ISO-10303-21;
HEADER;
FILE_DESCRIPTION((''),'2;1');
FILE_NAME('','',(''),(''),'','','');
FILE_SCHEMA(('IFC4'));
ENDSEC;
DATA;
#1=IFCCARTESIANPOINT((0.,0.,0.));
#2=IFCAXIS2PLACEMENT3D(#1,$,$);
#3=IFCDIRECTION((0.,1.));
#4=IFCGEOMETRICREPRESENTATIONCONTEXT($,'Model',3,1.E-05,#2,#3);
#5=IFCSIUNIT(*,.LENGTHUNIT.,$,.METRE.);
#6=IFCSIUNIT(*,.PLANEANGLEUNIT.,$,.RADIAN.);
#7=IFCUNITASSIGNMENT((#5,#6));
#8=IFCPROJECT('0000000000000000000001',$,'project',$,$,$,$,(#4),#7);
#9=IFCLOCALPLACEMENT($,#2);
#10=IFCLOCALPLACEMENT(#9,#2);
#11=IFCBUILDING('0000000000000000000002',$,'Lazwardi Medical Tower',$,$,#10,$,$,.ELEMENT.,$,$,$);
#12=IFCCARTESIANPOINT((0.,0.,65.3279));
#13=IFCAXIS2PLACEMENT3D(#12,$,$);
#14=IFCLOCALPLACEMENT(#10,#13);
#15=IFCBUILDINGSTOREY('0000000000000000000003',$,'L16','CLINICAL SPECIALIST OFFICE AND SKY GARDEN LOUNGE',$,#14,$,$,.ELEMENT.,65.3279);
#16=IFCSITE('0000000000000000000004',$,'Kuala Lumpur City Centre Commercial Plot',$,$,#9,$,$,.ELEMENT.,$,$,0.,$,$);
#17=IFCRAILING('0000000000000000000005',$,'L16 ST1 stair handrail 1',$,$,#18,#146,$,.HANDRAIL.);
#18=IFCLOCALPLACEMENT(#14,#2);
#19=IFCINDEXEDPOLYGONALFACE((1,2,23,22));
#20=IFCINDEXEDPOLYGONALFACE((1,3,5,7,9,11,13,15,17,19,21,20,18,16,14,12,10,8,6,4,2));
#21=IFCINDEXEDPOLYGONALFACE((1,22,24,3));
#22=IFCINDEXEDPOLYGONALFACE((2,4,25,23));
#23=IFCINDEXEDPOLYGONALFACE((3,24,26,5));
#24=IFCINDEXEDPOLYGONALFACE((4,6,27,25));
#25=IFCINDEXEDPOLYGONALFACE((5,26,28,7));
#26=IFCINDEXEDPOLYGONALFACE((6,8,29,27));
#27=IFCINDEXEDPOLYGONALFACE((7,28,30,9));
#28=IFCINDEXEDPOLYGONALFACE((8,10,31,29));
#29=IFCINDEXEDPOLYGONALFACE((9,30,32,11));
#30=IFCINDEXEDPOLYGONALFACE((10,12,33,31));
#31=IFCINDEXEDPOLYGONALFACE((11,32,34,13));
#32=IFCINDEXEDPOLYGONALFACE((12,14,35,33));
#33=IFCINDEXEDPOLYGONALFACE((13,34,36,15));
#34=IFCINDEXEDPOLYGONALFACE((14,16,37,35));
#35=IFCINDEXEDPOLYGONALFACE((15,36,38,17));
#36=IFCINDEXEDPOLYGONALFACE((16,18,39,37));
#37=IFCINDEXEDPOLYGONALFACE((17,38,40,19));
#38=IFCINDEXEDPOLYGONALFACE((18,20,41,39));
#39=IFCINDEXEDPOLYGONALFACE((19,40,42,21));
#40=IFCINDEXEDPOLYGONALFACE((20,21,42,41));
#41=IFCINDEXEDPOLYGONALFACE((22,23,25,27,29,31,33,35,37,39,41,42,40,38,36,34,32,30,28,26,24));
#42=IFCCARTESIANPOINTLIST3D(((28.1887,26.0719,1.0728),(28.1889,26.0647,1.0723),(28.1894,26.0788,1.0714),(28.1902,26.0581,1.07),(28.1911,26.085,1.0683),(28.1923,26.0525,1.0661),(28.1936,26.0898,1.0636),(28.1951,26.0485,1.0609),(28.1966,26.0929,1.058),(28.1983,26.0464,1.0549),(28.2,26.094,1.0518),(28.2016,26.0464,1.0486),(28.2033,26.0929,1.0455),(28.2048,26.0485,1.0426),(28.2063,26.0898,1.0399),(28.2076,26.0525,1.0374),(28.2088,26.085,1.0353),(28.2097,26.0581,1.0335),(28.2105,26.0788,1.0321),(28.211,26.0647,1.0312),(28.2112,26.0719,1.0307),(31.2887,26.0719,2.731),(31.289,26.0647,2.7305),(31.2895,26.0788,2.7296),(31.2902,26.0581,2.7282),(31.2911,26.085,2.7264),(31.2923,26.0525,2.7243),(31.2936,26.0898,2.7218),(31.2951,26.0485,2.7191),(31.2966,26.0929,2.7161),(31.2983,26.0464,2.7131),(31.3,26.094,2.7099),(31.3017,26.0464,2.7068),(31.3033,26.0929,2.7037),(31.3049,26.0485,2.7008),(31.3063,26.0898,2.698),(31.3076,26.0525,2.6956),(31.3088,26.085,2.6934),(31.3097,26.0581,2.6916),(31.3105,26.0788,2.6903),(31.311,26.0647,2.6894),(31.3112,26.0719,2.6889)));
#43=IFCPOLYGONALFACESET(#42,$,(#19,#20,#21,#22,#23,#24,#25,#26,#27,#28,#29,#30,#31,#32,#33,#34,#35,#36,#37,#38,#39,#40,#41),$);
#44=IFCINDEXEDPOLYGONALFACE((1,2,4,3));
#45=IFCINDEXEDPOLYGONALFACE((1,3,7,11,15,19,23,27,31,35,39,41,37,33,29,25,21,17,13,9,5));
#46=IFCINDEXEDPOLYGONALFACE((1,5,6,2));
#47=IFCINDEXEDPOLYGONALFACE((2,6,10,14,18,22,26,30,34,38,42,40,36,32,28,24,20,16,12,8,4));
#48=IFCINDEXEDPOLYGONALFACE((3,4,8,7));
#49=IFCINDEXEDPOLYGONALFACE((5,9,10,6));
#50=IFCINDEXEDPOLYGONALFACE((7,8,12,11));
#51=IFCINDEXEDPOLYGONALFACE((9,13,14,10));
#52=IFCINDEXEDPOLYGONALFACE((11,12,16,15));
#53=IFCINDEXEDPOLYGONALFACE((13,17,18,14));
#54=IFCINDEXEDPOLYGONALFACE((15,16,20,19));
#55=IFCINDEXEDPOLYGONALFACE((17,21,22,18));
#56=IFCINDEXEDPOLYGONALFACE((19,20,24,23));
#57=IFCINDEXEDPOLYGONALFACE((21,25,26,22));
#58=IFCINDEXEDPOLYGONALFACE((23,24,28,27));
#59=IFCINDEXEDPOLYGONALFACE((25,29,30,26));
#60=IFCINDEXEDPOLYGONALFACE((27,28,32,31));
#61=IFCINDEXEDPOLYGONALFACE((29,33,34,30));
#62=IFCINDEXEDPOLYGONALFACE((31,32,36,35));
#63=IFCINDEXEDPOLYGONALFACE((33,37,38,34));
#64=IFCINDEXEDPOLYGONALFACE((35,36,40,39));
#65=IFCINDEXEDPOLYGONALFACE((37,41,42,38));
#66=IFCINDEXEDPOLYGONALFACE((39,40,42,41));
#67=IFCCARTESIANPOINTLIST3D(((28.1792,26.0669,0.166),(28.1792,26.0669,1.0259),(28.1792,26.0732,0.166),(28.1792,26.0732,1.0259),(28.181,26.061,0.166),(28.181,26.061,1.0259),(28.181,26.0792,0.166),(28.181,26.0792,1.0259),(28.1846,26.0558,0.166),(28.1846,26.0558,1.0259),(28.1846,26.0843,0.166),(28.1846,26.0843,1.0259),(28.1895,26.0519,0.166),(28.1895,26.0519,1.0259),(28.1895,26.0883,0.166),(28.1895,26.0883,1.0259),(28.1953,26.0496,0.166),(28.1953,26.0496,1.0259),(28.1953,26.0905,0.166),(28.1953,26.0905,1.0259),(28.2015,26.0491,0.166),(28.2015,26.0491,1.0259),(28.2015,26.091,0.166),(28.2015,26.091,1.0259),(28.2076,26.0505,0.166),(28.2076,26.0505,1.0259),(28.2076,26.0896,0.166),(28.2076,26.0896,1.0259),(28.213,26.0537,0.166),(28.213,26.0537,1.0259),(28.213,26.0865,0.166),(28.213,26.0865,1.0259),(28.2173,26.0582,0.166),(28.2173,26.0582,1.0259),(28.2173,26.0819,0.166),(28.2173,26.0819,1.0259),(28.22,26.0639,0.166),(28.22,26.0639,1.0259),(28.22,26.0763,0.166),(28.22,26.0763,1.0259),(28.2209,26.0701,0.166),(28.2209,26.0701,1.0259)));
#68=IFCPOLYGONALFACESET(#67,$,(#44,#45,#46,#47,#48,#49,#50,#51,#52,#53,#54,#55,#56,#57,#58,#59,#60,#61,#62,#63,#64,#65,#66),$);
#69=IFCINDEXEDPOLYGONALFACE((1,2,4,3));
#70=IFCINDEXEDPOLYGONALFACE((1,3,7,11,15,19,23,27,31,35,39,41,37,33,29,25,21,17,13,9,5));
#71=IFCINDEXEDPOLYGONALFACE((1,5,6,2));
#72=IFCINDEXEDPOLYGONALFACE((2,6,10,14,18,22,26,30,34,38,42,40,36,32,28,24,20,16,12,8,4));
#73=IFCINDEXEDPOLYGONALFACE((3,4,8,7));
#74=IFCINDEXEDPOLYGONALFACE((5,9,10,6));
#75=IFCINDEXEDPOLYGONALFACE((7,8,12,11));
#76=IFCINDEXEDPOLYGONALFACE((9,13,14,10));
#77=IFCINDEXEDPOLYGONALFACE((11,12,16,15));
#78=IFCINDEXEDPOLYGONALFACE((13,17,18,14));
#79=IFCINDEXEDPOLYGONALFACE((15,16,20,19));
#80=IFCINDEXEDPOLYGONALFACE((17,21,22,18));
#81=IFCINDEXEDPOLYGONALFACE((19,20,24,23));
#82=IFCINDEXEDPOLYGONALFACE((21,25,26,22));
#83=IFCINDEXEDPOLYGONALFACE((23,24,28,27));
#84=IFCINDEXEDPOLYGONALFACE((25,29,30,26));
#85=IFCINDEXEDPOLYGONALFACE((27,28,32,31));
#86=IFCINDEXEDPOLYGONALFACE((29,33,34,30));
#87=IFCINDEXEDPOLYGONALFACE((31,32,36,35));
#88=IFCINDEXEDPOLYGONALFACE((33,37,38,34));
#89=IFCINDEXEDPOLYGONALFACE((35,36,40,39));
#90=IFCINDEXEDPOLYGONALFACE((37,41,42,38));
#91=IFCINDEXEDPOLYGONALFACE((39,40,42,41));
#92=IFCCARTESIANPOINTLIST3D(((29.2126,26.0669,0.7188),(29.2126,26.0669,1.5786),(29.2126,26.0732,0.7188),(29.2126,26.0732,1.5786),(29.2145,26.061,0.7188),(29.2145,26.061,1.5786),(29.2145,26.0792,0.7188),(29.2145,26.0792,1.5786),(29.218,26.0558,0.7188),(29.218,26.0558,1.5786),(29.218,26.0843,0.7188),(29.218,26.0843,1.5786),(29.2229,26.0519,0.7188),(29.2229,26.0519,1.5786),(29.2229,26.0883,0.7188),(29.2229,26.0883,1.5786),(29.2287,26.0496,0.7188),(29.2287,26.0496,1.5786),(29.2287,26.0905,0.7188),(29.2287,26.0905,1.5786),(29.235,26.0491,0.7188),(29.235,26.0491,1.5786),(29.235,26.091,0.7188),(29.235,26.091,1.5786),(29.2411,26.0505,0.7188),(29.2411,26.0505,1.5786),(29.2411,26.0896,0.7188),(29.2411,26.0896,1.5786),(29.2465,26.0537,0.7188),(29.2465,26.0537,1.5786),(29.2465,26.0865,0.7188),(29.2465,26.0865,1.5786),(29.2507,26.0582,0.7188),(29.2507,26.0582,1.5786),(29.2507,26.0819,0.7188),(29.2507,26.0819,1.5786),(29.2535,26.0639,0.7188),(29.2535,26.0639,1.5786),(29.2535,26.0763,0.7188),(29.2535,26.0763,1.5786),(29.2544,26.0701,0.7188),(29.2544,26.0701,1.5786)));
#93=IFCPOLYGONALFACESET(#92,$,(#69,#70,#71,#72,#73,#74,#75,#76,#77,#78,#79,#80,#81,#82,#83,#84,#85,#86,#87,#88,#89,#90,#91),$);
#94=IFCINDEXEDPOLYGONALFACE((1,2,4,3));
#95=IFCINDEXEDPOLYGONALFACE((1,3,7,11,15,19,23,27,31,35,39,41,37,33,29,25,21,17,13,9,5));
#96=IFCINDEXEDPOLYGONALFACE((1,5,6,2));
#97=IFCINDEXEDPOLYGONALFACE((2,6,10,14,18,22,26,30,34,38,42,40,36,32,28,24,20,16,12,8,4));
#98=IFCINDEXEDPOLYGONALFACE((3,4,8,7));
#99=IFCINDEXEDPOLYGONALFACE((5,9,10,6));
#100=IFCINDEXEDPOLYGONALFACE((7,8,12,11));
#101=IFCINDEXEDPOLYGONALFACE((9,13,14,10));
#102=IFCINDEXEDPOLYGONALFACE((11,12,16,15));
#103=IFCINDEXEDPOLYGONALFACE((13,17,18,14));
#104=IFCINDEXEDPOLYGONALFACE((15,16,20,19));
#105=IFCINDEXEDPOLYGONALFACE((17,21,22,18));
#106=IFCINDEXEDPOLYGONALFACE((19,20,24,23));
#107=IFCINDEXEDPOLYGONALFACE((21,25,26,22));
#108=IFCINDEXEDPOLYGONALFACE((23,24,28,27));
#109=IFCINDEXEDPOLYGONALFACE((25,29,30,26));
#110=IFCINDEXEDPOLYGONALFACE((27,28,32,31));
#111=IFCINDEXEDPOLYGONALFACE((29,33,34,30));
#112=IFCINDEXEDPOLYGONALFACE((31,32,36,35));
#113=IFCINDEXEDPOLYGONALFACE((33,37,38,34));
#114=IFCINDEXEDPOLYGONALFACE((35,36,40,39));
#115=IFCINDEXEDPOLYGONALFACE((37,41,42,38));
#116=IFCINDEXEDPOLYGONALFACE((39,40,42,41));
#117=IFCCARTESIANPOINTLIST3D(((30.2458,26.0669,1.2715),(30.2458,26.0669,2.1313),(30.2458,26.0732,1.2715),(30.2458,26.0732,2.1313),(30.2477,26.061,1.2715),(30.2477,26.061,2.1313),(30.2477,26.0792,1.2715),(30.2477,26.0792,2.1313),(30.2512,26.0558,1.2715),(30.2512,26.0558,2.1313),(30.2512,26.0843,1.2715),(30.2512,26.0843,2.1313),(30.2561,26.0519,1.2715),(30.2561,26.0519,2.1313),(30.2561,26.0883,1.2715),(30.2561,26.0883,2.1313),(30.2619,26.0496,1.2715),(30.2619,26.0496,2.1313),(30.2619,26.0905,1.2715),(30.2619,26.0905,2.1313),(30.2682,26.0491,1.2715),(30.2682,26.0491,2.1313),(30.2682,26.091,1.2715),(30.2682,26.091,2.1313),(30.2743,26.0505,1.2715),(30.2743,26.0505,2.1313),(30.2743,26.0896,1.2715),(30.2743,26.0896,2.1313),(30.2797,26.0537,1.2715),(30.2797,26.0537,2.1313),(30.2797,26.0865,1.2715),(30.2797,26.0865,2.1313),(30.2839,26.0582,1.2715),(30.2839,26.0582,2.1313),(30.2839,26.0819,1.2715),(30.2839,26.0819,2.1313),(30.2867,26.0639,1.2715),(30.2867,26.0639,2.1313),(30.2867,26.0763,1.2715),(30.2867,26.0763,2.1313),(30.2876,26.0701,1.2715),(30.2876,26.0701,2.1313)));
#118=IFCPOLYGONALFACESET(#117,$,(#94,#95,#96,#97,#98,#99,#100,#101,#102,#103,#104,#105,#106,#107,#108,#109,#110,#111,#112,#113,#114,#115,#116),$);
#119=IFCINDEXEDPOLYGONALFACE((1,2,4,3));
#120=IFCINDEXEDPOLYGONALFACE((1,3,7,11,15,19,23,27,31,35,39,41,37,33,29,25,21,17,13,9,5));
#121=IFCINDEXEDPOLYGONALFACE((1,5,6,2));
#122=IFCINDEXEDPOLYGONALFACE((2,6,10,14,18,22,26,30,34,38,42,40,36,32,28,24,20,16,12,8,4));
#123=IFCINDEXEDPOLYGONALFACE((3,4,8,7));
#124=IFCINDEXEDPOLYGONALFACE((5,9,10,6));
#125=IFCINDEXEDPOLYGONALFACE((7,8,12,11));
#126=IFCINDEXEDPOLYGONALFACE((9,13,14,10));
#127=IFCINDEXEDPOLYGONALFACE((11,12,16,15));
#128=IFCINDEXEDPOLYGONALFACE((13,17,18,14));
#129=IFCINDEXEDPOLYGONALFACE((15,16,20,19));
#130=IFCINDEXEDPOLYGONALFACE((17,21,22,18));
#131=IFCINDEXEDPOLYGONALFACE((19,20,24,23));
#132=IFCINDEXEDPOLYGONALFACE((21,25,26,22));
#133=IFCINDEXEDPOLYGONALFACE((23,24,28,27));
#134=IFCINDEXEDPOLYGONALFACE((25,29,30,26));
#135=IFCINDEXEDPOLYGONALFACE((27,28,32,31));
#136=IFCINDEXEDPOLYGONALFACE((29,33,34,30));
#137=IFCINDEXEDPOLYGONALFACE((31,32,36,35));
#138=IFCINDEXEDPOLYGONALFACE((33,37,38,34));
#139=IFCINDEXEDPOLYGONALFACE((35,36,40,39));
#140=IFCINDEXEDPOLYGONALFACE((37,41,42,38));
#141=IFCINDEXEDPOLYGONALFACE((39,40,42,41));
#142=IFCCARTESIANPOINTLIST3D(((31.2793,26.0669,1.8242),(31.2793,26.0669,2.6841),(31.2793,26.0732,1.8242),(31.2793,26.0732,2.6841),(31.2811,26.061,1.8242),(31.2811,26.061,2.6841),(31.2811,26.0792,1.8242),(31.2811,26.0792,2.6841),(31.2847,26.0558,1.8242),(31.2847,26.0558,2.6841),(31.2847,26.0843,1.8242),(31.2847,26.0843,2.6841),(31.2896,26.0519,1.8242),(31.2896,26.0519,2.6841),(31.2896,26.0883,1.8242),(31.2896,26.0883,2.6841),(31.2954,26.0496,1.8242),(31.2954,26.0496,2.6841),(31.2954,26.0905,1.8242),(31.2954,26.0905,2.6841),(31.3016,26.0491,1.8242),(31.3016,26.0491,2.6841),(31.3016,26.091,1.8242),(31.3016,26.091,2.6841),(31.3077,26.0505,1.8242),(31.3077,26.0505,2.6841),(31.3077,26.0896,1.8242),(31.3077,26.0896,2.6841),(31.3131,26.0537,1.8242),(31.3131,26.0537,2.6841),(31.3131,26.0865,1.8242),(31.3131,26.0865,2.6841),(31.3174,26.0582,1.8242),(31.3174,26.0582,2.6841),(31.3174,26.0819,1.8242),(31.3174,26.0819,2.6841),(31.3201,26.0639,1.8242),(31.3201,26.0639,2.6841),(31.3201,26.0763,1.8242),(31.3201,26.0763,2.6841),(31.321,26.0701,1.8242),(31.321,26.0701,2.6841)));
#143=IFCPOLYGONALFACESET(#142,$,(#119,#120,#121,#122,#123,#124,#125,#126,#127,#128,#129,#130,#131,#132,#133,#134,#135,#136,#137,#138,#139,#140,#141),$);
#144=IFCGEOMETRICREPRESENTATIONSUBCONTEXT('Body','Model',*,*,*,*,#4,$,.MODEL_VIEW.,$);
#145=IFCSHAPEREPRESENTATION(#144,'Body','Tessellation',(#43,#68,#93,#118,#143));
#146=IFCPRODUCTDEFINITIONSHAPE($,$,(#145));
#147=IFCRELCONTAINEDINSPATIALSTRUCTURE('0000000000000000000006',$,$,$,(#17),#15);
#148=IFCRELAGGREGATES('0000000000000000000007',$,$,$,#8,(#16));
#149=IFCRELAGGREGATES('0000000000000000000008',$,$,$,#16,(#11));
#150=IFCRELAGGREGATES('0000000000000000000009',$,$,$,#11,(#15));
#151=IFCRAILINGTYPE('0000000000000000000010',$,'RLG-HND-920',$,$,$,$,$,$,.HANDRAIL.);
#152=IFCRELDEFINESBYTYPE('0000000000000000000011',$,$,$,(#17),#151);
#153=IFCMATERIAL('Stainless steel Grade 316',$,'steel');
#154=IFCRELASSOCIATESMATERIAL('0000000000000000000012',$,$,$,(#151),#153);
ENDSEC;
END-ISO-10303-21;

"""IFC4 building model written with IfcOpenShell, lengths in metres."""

from ifc_helpers import new_model, si_unit, direction, frame, origin, origin_2d, place, context, subcontext, project, spatial, circle, extrude, material, type_object, element, save


model = new_model("IFC4")

# Units and contexts
model_context = context("Model", 3, precision=1e-05, world=origin(), true_north=direction((0.0, 1.0)))
body_context = subcontext(model_context, "Body", "Model", "MODEL_VIEW")
ifc_project = project(units=[si_unit("LENGTHUNIT", "METRE"), si_unit("PLANEANGLEUNIT", "RADIAN")], contexts=[model_context])

# Site, building, storey
site_placement = place(None, origin())
site = spatial("IfcSite", under=ifc_project, at=site_placement, Name="Kuala Lumpur City Centre Commercial Plot", CompositionType="ELEMENT", RefElevation=0.0)
building_placement = place(site_placement, origin())
building = spatial("IfcBuilding", under=site, at=building_placement, Name="Lazwardi Medical Tower", CompositionType="ELEMENT")
storey_placement = place(building_placement, frame((0.0, 0.0, 65.3279)))
storey = spatial("IfcBuildingStorey", under=building, at=storey_placement, Name="L16", Description="CLINICAL SPECIALIST OFFICE AND SKY GARDEN LOUNGE", CompositionType="ELEMENT", Elevation=65.3279)

# Railing
ifc_material_1 = material(Name="Stainless steel Grade 316", Category="steel")
railing_type_1 = type_object("IfcRailingType", Name="RLG-HND-920", PredefinedType="HANDRAIL", material=ifc_material_1)
railing_1_placement = place(storey_placement, frame((28.2, 26.0701, 0.166)))
element("IfcRailing", 1, at=railing_1_placement, inside=storey, type_object=railing_type_1, Name="L16 ST1 stair handrail 1", PredefinedType="HANDRAIL", context=body_context, shape_type="SweptSolid", body=[
    extrude(circle(Radius=0.0239, at=origin_2d()), frame((0.0, 0.0, 0.8857), z_axis=(0.881783, 0.0, 0.471655), x_axis=(0.0, 1.0, 0.0)), (0.0, 0.0, 1.0), 3.5156),
    extrude(circle(Radius=0.021, at=origin_2d()), origin(), (0.0, 0.0, 1.0), 0.8599),
    extrude(circle(Radius=0.021, at=origin_2d()), frame((1.0334, 0.0, 0.5527)), (0.0, 0.0, 1.0), 0.8599),
    extrude(circle(Radius=0.021, at=origin_2d()), frame((2.0667, 0.0, 1.1055)), (0.0, 0.0, 1.0), 0.8599),
    extrude(circle(Radius=0.021, at=origin_2d()), frame((3.1001, 0.0, 1.6582)), (0.0, 0.0, 1.0), 0.8599),
])

save(model, "model.ifc")
